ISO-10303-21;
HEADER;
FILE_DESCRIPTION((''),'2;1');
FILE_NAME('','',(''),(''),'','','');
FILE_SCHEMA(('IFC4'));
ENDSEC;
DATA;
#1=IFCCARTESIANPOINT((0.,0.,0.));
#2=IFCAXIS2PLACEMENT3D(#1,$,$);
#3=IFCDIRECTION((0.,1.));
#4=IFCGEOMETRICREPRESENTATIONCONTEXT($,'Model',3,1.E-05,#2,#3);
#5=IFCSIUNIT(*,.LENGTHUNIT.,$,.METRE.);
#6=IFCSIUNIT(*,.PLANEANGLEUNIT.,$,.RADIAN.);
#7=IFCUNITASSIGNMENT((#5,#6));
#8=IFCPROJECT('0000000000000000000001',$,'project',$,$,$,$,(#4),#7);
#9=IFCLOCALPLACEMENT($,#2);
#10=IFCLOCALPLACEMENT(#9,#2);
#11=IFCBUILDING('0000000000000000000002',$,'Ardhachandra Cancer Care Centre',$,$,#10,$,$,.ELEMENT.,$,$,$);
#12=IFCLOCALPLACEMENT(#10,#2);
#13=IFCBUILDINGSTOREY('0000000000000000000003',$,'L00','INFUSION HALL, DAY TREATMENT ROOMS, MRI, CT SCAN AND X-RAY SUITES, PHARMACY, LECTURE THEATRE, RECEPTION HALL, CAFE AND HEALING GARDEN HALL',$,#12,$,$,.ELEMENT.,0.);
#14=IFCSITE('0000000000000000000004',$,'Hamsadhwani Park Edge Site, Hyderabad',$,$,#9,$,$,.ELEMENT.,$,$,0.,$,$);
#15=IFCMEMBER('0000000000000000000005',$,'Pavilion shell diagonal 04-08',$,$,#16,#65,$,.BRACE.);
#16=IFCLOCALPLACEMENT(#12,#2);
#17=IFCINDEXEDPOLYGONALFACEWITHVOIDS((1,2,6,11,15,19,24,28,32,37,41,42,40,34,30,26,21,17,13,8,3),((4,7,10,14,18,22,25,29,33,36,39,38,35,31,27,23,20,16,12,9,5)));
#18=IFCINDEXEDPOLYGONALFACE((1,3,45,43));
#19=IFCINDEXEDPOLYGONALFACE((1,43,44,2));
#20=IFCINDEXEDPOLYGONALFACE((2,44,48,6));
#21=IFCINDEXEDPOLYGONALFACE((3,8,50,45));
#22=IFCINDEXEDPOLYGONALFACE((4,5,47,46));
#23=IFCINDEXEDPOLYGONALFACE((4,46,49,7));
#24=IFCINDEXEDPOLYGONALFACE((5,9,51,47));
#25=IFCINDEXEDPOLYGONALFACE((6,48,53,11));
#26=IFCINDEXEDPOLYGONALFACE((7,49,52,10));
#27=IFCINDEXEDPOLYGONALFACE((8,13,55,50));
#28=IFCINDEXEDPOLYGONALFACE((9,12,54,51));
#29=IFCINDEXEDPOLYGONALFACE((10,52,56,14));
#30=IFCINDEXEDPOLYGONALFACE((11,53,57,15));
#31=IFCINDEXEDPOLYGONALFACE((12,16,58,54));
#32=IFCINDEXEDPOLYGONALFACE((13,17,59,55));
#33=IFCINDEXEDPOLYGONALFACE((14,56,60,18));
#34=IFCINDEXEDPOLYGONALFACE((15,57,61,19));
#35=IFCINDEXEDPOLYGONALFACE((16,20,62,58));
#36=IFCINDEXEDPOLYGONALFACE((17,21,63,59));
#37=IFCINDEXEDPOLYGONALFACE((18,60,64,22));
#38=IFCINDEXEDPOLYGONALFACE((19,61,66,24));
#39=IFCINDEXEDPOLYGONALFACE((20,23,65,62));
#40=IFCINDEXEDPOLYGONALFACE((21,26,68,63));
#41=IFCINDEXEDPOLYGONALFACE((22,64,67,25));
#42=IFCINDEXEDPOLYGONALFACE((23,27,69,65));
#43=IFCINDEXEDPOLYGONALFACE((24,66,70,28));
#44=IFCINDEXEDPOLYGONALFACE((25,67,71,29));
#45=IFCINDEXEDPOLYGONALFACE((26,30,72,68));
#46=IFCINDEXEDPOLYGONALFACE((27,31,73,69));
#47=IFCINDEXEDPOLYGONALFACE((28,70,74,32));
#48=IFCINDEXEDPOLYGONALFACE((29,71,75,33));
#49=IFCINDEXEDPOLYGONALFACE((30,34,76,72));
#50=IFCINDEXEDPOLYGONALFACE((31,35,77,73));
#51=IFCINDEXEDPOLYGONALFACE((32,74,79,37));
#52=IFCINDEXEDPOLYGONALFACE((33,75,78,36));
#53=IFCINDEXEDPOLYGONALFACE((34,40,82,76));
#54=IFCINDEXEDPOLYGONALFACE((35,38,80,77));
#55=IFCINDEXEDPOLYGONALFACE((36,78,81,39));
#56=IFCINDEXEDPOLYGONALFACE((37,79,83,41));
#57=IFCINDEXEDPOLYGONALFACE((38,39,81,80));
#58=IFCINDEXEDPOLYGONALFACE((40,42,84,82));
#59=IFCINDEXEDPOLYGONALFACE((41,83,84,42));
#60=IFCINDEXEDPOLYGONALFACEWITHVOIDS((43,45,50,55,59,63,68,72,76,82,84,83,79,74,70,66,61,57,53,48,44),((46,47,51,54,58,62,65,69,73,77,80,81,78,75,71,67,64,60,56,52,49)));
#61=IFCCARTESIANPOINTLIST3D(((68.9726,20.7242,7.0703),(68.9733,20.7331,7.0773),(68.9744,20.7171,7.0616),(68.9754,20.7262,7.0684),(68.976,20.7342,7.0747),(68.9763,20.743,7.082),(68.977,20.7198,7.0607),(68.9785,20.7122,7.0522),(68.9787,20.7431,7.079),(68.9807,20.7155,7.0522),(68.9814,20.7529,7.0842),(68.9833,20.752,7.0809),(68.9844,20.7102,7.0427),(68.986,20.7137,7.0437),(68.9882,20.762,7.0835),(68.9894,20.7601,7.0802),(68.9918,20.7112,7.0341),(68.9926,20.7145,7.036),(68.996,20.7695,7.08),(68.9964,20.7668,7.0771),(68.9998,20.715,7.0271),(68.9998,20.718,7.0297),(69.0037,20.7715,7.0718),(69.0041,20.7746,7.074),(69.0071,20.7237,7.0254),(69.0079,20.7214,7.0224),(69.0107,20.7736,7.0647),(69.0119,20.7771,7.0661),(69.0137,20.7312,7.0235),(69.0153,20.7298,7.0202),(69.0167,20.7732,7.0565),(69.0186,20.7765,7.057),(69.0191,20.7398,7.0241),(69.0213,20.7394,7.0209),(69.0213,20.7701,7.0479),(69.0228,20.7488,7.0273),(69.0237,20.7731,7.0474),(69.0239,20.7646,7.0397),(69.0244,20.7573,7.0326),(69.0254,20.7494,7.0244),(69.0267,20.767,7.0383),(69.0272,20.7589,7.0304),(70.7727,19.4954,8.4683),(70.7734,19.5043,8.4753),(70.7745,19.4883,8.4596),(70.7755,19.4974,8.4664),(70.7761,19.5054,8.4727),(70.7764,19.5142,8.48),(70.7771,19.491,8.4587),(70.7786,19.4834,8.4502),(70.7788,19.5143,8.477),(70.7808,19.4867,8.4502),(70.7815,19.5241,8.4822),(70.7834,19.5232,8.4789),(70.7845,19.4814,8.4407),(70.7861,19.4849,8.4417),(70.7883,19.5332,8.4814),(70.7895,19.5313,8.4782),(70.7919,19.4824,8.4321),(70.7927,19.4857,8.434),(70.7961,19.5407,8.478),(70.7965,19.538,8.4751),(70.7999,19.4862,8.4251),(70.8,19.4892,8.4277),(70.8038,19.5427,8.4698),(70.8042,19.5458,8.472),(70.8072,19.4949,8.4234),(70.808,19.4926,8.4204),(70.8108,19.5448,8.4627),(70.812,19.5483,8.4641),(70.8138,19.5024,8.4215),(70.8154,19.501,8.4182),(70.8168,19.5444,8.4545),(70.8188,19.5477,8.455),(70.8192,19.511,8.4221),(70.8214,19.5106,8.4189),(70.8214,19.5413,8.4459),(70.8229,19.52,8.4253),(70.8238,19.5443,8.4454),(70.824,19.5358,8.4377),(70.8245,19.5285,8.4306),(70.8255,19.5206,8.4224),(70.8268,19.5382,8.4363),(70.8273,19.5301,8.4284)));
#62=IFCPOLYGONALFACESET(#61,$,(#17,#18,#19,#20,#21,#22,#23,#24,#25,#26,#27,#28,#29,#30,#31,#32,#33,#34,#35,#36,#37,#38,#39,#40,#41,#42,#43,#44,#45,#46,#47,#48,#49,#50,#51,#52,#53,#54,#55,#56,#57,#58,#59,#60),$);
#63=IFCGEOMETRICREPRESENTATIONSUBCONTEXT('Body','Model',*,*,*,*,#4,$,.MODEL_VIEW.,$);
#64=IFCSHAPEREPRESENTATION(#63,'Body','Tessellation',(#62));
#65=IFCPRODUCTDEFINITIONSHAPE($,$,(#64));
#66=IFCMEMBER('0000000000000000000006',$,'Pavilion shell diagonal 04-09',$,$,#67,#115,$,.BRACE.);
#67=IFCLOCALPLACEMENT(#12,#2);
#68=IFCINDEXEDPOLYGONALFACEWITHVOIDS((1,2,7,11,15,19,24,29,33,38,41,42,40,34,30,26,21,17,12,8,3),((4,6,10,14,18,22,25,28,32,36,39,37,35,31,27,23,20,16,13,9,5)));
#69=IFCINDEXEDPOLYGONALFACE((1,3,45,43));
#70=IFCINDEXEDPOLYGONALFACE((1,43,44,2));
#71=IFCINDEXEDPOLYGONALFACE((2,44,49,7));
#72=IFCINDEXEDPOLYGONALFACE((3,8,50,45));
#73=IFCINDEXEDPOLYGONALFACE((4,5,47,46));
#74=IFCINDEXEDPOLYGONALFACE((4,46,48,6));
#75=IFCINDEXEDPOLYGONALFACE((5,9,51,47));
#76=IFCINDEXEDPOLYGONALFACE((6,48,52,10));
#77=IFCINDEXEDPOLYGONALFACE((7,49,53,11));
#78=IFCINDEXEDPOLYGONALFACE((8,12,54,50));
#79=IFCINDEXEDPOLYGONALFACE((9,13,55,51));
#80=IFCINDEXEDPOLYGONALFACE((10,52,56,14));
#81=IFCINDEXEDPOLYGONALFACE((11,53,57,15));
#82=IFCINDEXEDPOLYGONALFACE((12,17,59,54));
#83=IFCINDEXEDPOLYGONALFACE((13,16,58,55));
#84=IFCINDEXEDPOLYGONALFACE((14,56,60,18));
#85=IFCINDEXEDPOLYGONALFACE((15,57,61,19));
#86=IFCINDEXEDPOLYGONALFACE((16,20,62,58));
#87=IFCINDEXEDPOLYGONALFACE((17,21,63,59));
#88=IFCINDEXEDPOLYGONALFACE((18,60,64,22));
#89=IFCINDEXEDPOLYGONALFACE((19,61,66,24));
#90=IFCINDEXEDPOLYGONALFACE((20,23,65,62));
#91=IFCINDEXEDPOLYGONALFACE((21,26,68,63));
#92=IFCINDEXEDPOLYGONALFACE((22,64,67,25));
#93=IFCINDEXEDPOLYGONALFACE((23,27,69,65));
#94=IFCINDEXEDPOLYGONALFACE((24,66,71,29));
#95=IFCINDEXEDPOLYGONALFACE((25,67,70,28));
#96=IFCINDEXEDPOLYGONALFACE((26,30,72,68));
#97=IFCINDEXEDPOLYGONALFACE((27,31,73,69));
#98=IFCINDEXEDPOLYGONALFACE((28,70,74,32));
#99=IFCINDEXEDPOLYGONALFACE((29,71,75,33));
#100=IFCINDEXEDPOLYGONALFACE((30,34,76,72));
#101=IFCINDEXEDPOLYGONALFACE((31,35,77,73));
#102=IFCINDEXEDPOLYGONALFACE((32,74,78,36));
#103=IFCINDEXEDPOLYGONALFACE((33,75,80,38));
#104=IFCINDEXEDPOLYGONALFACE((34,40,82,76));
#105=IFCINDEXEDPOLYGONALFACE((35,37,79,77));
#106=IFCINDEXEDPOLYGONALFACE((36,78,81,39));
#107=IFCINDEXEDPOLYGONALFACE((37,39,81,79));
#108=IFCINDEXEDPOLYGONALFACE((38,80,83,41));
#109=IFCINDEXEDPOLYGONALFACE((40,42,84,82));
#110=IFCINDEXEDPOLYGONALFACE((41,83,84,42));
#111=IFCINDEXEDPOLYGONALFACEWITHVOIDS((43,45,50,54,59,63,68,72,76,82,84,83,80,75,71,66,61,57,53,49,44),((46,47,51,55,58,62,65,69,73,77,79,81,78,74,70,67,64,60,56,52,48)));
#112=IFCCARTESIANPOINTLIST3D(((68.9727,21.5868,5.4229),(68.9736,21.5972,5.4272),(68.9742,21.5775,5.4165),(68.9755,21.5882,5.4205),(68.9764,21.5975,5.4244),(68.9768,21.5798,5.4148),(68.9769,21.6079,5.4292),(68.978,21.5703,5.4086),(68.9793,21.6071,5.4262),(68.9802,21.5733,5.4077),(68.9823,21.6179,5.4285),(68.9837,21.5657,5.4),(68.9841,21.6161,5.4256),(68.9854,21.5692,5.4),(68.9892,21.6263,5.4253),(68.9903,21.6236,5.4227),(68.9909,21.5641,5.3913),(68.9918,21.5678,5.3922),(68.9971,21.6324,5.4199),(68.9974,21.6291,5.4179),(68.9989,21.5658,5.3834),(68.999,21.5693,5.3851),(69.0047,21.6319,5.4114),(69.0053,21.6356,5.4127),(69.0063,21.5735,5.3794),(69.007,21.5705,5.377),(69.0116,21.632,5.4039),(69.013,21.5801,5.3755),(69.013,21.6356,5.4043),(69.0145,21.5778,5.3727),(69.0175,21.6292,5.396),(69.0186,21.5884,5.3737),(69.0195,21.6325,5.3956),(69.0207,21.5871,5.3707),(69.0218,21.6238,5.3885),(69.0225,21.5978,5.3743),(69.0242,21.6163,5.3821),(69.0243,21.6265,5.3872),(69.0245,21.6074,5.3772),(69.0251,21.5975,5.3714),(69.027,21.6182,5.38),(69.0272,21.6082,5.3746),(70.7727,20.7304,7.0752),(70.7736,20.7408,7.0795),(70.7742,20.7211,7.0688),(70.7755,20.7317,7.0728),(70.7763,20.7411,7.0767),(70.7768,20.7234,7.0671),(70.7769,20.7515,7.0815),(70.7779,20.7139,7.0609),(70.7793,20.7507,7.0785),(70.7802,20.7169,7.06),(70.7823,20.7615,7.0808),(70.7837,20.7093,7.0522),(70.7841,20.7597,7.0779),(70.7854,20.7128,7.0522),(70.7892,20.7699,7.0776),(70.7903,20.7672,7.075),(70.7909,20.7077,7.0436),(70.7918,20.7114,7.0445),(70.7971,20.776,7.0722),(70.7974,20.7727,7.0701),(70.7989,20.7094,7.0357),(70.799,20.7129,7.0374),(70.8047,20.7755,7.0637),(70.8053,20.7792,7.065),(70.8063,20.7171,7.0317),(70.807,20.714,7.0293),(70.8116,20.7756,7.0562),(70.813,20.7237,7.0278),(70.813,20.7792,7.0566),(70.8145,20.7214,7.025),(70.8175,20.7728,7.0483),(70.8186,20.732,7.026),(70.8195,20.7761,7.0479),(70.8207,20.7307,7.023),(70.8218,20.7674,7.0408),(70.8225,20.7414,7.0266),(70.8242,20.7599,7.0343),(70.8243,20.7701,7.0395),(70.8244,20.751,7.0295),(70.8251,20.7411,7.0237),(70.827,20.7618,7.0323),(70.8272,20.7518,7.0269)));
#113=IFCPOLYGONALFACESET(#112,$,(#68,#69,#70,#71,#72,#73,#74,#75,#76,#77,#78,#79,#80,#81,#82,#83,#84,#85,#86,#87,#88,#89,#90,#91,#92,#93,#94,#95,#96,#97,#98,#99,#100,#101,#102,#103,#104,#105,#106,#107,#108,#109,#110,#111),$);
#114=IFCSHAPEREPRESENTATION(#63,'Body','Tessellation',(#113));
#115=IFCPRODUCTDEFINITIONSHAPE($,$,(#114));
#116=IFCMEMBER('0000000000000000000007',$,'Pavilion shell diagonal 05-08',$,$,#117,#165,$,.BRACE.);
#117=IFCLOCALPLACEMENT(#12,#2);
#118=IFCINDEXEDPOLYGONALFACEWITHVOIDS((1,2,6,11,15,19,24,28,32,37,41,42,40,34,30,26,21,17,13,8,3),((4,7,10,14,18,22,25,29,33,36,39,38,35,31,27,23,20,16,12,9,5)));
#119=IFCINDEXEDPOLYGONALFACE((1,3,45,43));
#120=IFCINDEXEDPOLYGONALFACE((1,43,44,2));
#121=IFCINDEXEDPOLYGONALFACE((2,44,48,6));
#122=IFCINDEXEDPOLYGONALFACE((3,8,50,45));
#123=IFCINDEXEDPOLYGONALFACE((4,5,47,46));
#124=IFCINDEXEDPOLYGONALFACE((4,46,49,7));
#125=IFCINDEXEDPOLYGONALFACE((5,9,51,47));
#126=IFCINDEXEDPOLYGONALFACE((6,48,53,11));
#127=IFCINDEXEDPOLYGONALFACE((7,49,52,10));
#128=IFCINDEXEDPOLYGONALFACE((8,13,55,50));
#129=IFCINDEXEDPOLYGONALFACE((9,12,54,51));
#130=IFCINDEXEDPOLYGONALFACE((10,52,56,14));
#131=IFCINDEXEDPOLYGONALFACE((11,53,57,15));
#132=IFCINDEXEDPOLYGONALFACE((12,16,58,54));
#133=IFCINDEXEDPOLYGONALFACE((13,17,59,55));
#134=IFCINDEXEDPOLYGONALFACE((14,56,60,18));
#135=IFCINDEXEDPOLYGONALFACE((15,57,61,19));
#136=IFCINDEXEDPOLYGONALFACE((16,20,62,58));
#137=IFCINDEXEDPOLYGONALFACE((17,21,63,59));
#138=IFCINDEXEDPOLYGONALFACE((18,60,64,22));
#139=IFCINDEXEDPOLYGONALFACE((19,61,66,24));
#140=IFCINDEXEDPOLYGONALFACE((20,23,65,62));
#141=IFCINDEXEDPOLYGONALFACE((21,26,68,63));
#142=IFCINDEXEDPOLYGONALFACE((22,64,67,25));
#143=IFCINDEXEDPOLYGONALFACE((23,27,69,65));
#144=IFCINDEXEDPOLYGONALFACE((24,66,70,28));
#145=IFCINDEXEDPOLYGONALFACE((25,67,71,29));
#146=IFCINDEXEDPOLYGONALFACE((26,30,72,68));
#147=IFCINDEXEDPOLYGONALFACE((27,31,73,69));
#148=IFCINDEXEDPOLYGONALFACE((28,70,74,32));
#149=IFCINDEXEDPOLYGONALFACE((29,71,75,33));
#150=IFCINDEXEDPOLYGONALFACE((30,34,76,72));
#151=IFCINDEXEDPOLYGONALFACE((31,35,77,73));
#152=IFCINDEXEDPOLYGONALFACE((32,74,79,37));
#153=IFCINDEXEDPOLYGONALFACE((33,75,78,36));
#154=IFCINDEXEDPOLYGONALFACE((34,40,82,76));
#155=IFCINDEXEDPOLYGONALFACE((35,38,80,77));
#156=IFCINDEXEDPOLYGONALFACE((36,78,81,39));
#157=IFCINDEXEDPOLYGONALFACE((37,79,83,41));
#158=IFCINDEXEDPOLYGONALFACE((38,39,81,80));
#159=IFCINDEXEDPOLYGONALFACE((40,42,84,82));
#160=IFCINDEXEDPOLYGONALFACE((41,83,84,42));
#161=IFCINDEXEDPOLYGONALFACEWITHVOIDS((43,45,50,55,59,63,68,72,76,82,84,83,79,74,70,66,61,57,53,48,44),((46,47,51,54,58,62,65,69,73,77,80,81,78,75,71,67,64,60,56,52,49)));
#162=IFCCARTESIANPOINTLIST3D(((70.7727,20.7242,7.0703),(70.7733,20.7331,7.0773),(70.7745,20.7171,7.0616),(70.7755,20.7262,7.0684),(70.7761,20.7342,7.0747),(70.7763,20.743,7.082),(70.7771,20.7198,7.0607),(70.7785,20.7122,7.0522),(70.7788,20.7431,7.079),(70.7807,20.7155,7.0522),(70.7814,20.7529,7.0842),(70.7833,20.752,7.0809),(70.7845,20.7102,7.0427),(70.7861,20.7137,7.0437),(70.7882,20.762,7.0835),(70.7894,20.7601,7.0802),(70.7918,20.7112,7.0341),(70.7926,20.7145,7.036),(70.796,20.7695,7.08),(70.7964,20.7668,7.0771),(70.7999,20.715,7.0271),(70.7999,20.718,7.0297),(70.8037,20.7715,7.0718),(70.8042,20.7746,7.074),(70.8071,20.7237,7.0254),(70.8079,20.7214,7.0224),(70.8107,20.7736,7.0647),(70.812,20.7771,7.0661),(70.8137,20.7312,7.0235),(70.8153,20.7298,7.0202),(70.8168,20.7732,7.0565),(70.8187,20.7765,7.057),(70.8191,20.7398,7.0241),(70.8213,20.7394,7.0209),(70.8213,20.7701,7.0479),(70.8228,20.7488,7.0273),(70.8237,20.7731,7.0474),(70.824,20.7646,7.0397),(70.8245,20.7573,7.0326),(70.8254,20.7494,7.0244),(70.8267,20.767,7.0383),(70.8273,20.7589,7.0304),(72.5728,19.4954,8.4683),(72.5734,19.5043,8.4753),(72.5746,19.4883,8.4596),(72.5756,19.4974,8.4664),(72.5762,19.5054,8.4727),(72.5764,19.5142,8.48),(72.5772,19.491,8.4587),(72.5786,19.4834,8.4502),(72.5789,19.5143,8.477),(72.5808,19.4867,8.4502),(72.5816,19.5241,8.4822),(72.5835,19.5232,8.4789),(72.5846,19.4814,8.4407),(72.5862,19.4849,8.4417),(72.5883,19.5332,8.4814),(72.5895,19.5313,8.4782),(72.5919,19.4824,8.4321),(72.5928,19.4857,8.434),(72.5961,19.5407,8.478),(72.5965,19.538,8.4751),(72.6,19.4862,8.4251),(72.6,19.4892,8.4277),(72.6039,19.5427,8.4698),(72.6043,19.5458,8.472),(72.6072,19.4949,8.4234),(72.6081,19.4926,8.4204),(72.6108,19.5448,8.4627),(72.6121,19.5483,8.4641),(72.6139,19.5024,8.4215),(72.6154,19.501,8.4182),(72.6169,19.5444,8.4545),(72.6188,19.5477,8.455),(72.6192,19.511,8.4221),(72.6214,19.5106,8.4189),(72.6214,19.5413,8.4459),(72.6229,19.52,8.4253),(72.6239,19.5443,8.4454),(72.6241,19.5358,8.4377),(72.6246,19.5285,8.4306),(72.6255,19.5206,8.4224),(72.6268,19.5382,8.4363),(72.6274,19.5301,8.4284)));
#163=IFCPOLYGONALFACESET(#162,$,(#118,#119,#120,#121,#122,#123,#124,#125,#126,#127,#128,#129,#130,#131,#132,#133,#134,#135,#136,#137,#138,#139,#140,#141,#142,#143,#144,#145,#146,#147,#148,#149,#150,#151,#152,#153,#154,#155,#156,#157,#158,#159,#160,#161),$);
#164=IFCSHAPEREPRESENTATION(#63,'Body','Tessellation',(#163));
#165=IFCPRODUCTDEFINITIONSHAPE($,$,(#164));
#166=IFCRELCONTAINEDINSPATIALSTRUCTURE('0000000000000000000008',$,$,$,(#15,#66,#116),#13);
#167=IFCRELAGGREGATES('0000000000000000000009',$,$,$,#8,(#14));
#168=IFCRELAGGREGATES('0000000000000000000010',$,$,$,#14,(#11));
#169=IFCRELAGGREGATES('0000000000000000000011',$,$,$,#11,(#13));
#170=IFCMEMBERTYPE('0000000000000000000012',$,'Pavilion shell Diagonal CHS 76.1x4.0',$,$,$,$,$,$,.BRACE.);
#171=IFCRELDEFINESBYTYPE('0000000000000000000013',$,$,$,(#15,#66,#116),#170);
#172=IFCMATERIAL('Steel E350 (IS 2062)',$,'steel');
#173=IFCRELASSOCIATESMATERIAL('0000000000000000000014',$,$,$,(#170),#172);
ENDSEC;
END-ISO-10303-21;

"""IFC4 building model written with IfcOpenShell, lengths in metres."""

from ifc_helpers import new_model, si_unit, direction, frame, origin, origin_2d, place, context, subcontext, project, spatial, hollow_circle, extrude, material, material_profile, profile_set, type_object, element, save


model = new_model("IFC4")

# Units and contexts
model_context = context("Model", 3, precision=1e-05, world=origin(), true_north=direction((0.0, 1.0)))
body_context = subcontext(model_context, "Body", "Model", "MODEL_VIEW")
ifc_project = project(units=[si_unit("LENGTHUNIT", "METRE"), si_unit("PLANEANGLEUNIT", "RADIAN")], contexts=[model_context])

# Site, building, storey
site_placement = place(None, origin())
site = spatial("IfcSite", under=ifc_project, at=site_placement, Name="Hamsadhwani Park Edge Site, Hyderabad", CompositionType="ELEMENT", RefElevation=0.0)
building_placement = place(site_placement, origin())
building = spatial("IfcBuilding", under=site, at=building_placement, Name="Ardhachandra Cancer Care Centre", CompositionType="ELEMENT")
storey_placement = place(building_placement, origin())
storey = spatial("IfcBuildingStorey", under=building, at=storey_placement, Name="L00", Description="INFUSION HALL, DAY TREATMENT ROOMS, MRI, CT SCAN AND X-RAY SUITES, PHARMACY, LECTURE THEATRE, RECEPTION HALL, CAFE AND HEALING GARDEN HALL", CompositionType="ELEMENT", Elevation=0.0)

# Members
ifc_material_1 = material(Name="Steel E350 (IS 2062)", Category="steel")
ifc_material_profile_1 = material_profile(ifc_material_1, hollow_circle(Radius=0.0381, WallThickness=0.0039, at=origin_2d()), Name="CHS 76.1x4.0")
ifc_profile_set_1 = profile_set([ifc_material_profile_1], Name="Steel E350 (IS 2062)")
member_type_1 = type_object("IfcMemberType", Name="Pavilion shell Diagonal CHS 76.1x4.0", PredefinedType="BRACE", material=ifc_profile_set_1)
member_1_placement = place(storey_placement, frame((70.8, 19.5149, 8.4502), z_axis=(-0.695197, 0.474559, -0.539902), x_axis=(-0.563792, -0.825917, 0.0)))
element("IfcMember", 1, at=member_1_placement, inside=storey, type_object=member_type_1, Name="Pavilion shell diagonal 04-08", PredefinedType="BRACE", context=body_context, shape_type="SweptSolid", body=[
    extrude(hollow_circle(Radius=0.0381, WallThickness=0.0039, at=origin_2d()), origin(), (0.0, 0.0, 1.0), 2.5894),
])
member_2_placement = place(storey_placement, frame((70.8, 20.7437, 7.0522), z_axis=(-0.695216, 0.330777, -0.63817), x_axis=(-0.429639, -0.903001, 0.0)))
element("IfcMember", 2, at=member_2_placement, inside=storey, type_object=member_type_1, Name="Pavilion shell diagonal 04-09", PredefinedType="BRACE", context=body_context, shape_type="SweptSolid", body=[
    extrude(hollow_circle(Radius=0.0381, WallThickness=0.0039, at=origin_2d()), origin(), (0.0, 0.0, 1.0), 2.5891),
])
member_3_placement = place(storey_placement, frame((72.6001, 19.5149, 8.4502), z_axis=(-0.695197, 0.474559, -0.539902), x_axis=(-0.563792, -0.825917, 0.0)))
element("IfcMember", 3, at=member_3_placement, inside=storey, type_object=member_type_1, Name="Pavilion shell diagonal 05-08", PredefinedType="BRACE", context=body_context, shape_type="SweptSolid", body=[
    extrude(hollow_circle(Radius=0.0381, WallThickness=0.0039, at=origin_2d()), origin(), (0.0, 0.0, 1.0), 2.5894),
])

save(model, "model.ifc")
